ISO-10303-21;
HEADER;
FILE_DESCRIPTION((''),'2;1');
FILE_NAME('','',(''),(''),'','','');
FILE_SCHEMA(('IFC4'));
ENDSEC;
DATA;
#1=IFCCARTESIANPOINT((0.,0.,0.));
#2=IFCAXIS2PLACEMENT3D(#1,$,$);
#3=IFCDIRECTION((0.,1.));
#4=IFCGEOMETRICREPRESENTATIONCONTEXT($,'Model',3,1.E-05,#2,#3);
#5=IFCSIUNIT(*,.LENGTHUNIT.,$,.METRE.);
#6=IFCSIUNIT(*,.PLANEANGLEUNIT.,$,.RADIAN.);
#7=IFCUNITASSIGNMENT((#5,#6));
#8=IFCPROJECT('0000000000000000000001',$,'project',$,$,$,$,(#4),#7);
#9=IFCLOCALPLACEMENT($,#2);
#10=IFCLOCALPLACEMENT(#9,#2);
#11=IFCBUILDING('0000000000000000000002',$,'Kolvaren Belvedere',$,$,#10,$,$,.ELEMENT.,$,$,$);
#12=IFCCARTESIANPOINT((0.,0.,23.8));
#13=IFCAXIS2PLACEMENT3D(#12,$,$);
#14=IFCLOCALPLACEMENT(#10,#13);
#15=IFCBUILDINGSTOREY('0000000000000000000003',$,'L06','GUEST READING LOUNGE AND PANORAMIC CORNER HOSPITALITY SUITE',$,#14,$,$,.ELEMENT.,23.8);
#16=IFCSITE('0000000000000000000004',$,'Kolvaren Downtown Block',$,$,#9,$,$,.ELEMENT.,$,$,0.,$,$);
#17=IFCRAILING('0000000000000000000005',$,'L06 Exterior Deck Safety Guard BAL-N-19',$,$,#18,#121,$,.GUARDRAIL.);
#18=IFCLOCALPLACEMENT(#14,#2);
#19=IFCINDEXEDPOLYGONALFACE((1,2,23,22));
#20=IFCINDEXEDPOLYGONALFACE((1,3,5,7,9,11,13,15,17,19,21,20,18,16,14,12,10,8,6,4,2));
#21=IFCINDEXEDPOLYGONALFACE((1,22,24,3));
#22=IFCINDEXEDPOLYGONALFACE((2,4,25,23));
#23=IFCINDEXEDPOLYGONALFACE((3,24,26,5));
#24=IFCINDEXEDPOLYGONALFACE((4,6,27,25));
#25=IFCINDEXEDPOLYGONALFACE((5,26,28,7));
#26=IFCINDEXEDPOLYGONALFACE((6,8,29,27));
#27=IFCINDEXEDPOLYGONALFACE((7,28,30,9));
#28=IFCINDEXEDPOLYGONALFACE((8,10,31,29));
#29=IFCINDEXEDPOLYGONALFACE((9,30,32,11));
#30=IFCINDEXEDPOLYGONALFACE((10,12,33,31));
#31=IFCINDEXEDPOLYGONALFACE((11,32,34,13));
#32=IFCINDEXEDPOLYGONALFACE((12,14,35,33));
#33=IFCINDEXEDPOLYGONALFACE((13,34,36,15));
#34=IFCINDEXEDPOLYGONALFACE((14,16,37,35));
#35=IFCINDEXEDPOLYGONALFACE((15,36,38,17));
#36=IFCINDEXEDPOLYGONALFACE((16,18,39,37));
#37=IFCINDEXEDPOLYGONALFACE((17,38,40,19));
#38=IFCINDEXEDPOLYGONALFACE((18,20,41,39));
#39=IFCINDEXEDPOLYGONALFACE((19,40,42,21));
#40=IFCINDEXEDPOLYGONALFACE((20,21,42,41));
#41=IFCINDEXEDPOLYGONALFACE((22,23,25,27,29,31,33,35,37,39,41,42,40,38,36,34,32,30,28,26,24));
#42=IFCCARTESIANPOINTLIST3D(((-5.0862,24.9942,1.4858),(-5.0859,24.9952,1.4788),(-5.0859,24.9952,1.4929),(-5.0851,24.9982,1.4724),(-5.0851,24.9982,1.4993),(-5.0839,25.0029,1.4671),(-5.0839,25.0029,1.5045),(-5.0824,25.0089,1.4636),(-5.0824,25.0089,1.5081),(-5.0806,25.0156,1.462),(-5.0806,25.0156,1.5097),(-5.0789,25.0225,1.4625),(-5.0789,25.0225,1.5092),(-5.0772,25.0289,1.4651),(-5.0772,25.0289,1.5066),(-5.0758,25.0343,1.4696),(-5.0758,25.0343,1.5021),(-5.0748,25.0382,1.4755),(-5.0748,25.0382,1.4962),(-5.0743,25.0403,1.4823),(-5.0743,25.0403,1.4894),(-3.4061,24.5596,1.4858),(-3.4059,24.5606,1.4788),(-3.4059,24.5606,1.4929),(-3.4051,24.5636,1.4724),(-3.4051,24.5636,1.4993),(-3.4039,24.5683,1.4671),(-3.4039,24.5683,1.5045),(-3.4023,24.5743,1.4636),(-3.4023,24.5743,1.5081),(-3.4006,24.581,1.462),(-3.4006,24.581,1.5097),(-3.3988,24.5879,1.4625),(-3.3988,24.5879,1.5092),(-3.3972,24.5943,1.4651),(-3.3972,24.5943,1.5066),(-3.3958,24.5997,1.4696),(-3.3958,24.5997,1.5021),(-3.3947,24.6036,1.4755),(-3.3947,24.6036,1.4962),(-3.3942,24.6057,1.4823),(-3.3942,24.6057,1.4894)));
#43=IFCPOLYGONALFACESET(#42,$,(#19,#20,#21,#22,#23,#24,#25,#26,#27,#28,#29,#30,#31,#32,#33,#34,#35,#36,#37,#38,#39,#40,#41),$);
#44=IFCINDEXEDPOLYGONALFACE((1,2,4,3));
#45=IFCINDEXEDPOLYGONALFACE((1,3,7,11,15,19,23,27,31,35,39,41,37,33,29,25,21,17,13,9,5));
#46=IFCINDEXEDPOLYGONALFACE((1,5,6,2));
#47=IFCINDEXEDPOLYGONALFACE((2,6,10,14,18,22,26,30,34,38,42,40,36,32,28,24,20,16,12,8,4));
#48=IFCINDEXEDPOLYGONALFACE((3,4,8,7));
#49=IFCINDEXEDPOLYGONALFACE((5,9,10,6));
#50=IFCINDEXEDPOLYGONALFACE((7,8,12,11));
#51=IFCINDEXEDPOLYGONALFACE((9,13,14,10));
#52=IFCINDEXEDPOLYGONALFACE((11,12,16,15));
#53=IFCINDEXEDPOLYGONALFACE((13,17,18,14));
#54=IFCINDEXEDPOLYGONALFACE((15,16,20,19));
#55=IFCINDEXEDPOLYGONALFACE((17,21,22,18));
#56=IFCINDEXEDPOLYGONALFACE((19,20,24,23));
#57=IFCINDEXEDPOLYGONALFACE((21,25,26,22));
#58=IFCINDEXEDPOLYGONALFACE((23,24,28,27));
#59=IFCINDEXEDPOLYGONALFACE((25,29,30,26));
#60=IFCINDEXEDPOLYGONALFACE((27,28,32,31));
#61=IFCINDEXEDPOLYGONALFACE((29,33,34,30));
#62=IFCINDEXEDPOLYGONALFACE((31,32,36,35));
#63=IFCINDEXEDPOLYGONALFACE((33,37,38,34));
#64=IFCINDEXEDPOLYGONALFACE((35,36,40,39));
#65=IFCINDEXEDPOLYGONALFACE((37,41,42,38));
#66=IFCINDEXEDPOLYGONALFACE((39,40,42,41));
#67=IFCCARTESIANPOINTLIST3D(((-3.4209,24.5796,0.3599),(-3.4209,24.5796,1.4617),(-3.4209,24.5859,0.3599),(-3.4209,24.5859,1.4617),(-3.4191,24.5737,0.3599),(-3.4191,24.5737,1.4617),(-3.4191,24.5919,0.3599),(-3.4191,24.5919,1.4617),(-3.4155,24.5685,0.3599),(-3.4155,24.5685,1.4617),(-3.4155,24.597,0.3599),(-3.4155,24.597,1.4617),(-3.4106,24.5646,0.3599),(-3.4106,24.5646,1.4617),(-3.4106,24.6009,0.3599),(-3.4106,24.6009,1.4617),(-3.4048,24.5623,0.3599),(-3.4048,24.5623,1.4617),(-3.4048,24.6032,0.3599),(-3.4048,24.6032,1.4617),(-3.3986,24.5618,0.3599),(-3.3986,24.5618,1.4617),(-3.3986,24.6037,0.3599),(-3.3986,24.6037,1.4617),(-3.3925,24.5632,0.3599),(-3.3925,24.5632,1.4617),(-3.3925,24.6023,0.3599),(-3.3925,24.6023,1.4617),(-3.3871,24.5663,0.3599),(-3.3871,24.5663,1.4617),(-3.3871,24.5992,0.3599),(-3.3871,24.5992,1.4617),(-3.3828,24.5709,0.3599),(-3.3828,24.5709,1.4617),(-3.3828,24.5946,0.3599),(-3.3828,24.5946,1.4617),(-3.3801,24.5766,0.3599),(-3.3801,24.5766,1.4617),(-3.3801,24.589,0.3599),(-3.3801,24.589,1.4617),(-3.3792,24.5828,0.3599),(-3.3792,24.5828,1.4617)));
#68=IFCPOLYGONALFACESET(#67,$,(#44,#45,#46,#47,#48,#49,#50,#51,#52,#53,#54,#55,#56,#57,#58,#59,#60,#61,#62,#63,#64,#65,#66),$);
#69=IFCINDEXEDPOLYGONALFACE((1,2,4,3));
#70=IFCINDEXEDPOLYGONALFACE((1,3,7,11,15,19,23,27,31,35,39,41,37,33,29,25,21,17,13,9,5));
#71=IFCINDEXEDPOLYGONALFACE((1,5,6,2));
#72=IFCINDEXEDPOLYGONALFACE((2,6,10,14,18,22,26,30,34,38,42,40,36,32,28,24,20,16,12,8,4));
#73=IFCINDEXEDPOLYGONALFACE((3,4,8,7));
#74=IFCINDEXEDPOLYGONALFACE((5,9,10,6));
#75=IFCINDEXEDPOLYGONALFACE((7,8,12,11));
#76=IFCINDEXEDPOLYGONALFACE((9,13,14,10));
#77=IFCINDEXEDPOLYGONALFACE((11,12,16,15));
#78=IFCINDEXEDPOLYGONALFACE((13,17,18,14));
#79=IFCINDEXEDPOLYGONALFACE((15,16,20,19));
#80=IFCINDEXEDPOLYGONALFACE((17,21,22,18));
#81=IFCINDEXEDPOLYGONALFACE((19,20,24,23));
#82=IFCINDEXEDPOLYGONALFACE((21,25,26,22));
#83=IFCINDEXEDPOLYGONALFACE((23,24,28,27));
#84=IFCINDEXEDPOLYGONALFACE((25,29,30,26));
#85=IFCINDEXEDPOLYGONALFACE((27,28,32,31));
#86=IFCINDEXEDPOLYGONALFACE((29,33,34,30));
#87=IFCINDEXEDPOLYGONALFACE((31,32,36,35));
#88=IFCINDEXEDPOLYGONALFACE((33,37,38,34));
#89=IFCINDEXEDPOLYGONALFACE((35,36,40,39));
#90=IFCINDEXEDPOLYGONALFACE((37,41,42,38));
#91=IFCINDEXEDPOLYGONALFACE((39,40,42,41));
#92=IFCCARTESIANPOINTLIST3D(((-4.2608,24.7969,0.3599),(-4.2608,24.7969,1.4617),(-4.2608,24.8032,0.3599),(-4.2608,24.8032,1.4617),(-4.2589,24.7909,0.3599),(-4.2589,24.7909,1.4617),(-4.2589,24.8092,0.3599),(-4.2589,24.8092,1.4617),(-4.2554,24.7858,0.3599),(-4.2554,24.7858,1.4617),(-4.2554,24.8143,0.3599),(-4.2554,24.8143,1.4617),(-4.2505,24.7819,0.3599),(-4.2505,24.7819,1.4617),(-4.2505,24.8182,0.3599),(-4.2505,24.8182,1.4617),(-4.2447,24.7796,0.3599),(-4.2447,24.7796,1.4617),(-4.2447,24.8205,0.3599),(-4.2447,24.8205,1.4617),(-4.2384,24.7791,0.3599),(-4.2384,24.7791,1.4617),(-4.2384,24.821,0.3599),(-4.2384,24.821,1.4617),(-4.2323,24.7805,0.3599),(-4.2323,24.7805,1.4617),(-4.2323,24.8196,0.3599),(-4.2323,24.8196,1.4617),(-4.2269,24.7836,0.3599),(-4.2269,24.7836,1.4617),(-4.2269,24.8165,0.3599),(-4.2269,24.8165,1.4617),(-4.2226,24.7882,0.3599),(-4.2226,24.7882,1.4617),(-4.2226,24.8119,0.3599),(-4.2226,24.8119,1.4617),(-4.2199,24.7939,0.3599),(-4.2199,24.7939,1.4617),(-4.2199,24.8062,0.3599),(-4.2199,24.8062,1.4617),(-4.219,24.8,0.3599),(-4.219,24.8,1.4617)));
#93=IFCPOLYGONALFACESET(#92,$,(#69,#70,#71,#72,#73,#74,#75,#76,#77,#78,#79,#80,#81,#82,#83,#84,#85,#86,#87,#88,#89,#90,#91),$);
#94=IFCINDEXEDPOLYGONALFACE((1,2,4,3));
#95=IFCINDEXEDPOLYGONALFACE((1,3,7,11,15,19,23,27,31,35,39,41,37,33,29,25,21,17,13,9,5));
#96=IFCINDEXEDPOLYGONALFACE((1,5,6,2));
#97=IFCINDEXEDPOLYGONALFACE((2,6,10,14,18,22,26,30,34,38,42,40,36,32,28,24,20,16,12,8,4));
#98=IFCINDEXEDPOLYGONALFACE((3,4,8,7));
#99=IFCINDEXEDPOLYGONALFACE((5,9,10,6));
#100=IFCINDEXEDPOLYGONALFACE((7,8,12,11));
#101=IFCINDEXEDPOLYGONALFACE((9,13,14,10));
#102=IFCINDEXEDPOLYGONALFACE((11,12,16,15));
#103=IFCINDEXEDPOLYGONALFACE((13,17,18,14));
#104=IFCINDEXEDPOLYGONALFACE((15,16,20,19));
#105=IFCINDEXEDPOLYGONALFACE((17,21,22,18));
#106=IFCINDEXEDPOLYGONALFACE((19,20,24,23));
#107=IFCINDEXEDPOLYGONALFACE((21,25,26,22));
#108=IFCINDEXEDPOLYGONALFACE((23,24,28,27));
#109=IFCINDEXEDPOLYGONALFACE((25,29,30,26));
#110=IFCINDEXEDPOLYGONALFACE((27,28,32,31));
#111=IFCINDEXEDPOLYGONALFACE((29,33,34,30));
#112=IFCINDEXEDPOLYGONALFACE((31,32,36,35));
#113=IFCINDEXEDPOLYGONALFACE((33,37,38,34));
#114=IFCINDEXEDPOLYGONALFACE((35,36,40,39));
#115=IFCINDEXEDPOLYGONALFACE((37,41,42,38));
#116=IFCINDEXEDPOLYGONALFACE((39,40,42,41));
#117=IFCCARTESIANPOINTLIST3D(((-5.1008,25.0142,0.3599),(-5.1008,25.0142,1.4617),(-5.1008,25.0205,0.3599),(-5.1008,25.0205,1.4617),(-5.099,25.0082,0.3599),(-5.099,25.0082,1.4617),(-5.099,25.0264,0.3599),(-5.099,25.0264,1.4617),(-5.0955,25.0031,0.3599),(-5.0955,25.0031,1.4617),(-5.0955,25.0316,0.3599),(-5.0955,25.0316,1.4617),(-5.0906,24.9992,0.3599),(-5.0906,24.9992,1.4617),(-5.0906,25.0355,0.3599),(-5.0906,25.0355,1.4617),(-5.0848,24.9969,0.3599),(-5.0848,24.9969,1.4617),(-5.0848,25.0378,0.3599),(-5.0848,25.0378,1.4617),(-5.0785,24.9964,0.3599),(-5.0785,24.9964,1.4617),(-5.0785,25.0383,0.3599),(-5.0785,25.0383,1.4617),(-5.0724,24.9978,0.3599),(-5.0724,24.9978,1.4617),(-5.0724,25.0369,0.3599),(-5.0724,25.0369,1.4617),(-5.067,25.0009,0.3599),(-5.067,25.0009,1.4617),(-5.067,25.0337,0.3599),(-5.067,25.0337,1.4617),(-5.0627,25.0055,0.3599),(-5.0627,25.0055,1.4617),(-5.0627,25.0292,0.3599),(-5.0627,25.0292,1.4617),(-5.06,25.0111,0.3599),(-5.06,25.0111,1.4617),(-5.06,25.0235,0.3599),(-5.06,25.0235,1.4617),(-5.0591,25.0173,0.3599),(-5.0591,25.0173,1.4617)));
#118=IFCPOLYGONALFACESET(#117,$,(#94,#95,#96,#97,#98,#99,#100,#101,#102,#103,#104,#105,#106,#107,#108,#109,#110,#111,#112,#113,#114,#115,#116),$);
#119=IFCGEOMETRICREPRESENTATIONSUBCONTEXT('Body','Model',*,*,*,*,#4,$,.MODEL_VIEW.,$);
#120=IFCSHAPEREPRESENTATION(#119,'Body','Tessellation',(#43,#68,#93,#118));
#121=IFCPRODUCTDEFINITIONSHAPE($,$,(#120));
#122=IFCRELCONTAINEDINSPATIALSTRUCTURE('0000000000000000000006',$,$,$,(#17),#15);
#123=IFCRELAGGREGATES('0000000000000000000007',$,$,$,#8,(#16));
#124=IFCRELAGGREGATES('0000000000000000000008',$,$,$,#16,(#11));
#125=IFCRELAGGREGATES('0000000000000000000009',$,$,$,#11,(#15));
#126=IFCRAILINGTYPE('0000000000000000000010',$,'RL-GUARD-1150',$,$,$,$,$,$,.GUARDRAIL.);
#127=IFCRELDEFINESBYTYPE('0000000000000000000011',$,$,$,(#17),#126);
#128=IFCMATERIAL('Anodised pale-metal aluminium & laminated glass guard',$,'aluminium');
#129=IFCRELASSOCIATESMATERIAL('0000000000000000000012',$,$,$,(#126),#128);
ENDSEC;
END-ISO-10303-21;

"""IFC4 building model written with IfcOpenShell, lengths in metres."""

from ifc_helpers import new_model, si_unit, direction, frame, origin, origin_2d, place, context, subcontext, project, spatial, circle, extrude, material, type_object, element, save


model = new_model("IFC4")

# Units and contexts
model_context = context("Model", 3, precision=1e-05, world=origin(), true_north=direction((0.0, 1.0)))
body_context = subcontext(model_context, "Body", "Model", "MODEL_VIEW")
ifc_project = project(units=[si_unit("LENGTHUNIT", "METRE"), si_unit("PLANEANGLEUNIT", "RADIAN")], contexts=[model_context])

# Site, building, storey
site_placement = place(None, origin())
site = spatial("IfcSite", under=ifc_project, at=site_placement, Name="Kolvaren Downtown Block", CompositionType="ELEMENT", RefElevation=0.0)
building_placement = place(site_placement, origin())
building = spatial("IfcBuilding", under=site, at=building_placement, Name="Kolvaren Belvedere", CompositionType="ELEMENT")
storey_placement = place(building_placement, frame((0.0, 0.0, 23.8)))
storey = spatial("IfcBuildingStorey", under=building, at=storey_placement, Name="L06", Description="GUEST READING LOUNGE AND PANORAMIC CORNER HOSPITALITY SUITE", CompositionType="ELEMENT", Elevation=23.8)

# Railing
ifc_material_1 = material(Name="Anodised pale-metal aluminium & laminated glass guard", Category="aluminium")
railing_type = type_object("IfcRailingType", Name="RL-GUARD-1150", PredefinedType="GUARDRAIL", material=ifc_material_1)
railing_1_placement = place(storey_placement, frame((-3.4001, 24.5828, 0.3599)))
element("IfcRailing", 1, at=railing_1_placement, inside=storey, type_object=railing_type, Name="L06 Exterior Deck Safety Guard BAL-N-19", PredefinedType="GUARDRAIL", context=body_context, shape_type="SweptSolid", body=[
    extrude(circle(Radius=0.0239, at=origin_2d()), frame((0.0, 0.0, 1.126), z_axis=(-0.968132, 0.25044, 0.0), x_axis=(-0.25044, -0.968132, 0.0)), (0.0, 0.0, 1.0), 1.7354),
    extrude(circle(Radius=0.021, at=origin_2d()), origin(), (0.0, 0.0, 1.0), 1.1018),
    extrude(circle(Radius=0.021, at=origin_2d()), frame((-0.8398, 0.2173, 0.0)), (0.0, 0.0, 1.0), 1.1018),
    extrude(circle(Radius=0.021, at=origin_2d()), frame((-1.6799, 0.4346, 0.0)), (0.0, 0.0, 1.0), 1.1018),
])

save(model, "model.ifc")
